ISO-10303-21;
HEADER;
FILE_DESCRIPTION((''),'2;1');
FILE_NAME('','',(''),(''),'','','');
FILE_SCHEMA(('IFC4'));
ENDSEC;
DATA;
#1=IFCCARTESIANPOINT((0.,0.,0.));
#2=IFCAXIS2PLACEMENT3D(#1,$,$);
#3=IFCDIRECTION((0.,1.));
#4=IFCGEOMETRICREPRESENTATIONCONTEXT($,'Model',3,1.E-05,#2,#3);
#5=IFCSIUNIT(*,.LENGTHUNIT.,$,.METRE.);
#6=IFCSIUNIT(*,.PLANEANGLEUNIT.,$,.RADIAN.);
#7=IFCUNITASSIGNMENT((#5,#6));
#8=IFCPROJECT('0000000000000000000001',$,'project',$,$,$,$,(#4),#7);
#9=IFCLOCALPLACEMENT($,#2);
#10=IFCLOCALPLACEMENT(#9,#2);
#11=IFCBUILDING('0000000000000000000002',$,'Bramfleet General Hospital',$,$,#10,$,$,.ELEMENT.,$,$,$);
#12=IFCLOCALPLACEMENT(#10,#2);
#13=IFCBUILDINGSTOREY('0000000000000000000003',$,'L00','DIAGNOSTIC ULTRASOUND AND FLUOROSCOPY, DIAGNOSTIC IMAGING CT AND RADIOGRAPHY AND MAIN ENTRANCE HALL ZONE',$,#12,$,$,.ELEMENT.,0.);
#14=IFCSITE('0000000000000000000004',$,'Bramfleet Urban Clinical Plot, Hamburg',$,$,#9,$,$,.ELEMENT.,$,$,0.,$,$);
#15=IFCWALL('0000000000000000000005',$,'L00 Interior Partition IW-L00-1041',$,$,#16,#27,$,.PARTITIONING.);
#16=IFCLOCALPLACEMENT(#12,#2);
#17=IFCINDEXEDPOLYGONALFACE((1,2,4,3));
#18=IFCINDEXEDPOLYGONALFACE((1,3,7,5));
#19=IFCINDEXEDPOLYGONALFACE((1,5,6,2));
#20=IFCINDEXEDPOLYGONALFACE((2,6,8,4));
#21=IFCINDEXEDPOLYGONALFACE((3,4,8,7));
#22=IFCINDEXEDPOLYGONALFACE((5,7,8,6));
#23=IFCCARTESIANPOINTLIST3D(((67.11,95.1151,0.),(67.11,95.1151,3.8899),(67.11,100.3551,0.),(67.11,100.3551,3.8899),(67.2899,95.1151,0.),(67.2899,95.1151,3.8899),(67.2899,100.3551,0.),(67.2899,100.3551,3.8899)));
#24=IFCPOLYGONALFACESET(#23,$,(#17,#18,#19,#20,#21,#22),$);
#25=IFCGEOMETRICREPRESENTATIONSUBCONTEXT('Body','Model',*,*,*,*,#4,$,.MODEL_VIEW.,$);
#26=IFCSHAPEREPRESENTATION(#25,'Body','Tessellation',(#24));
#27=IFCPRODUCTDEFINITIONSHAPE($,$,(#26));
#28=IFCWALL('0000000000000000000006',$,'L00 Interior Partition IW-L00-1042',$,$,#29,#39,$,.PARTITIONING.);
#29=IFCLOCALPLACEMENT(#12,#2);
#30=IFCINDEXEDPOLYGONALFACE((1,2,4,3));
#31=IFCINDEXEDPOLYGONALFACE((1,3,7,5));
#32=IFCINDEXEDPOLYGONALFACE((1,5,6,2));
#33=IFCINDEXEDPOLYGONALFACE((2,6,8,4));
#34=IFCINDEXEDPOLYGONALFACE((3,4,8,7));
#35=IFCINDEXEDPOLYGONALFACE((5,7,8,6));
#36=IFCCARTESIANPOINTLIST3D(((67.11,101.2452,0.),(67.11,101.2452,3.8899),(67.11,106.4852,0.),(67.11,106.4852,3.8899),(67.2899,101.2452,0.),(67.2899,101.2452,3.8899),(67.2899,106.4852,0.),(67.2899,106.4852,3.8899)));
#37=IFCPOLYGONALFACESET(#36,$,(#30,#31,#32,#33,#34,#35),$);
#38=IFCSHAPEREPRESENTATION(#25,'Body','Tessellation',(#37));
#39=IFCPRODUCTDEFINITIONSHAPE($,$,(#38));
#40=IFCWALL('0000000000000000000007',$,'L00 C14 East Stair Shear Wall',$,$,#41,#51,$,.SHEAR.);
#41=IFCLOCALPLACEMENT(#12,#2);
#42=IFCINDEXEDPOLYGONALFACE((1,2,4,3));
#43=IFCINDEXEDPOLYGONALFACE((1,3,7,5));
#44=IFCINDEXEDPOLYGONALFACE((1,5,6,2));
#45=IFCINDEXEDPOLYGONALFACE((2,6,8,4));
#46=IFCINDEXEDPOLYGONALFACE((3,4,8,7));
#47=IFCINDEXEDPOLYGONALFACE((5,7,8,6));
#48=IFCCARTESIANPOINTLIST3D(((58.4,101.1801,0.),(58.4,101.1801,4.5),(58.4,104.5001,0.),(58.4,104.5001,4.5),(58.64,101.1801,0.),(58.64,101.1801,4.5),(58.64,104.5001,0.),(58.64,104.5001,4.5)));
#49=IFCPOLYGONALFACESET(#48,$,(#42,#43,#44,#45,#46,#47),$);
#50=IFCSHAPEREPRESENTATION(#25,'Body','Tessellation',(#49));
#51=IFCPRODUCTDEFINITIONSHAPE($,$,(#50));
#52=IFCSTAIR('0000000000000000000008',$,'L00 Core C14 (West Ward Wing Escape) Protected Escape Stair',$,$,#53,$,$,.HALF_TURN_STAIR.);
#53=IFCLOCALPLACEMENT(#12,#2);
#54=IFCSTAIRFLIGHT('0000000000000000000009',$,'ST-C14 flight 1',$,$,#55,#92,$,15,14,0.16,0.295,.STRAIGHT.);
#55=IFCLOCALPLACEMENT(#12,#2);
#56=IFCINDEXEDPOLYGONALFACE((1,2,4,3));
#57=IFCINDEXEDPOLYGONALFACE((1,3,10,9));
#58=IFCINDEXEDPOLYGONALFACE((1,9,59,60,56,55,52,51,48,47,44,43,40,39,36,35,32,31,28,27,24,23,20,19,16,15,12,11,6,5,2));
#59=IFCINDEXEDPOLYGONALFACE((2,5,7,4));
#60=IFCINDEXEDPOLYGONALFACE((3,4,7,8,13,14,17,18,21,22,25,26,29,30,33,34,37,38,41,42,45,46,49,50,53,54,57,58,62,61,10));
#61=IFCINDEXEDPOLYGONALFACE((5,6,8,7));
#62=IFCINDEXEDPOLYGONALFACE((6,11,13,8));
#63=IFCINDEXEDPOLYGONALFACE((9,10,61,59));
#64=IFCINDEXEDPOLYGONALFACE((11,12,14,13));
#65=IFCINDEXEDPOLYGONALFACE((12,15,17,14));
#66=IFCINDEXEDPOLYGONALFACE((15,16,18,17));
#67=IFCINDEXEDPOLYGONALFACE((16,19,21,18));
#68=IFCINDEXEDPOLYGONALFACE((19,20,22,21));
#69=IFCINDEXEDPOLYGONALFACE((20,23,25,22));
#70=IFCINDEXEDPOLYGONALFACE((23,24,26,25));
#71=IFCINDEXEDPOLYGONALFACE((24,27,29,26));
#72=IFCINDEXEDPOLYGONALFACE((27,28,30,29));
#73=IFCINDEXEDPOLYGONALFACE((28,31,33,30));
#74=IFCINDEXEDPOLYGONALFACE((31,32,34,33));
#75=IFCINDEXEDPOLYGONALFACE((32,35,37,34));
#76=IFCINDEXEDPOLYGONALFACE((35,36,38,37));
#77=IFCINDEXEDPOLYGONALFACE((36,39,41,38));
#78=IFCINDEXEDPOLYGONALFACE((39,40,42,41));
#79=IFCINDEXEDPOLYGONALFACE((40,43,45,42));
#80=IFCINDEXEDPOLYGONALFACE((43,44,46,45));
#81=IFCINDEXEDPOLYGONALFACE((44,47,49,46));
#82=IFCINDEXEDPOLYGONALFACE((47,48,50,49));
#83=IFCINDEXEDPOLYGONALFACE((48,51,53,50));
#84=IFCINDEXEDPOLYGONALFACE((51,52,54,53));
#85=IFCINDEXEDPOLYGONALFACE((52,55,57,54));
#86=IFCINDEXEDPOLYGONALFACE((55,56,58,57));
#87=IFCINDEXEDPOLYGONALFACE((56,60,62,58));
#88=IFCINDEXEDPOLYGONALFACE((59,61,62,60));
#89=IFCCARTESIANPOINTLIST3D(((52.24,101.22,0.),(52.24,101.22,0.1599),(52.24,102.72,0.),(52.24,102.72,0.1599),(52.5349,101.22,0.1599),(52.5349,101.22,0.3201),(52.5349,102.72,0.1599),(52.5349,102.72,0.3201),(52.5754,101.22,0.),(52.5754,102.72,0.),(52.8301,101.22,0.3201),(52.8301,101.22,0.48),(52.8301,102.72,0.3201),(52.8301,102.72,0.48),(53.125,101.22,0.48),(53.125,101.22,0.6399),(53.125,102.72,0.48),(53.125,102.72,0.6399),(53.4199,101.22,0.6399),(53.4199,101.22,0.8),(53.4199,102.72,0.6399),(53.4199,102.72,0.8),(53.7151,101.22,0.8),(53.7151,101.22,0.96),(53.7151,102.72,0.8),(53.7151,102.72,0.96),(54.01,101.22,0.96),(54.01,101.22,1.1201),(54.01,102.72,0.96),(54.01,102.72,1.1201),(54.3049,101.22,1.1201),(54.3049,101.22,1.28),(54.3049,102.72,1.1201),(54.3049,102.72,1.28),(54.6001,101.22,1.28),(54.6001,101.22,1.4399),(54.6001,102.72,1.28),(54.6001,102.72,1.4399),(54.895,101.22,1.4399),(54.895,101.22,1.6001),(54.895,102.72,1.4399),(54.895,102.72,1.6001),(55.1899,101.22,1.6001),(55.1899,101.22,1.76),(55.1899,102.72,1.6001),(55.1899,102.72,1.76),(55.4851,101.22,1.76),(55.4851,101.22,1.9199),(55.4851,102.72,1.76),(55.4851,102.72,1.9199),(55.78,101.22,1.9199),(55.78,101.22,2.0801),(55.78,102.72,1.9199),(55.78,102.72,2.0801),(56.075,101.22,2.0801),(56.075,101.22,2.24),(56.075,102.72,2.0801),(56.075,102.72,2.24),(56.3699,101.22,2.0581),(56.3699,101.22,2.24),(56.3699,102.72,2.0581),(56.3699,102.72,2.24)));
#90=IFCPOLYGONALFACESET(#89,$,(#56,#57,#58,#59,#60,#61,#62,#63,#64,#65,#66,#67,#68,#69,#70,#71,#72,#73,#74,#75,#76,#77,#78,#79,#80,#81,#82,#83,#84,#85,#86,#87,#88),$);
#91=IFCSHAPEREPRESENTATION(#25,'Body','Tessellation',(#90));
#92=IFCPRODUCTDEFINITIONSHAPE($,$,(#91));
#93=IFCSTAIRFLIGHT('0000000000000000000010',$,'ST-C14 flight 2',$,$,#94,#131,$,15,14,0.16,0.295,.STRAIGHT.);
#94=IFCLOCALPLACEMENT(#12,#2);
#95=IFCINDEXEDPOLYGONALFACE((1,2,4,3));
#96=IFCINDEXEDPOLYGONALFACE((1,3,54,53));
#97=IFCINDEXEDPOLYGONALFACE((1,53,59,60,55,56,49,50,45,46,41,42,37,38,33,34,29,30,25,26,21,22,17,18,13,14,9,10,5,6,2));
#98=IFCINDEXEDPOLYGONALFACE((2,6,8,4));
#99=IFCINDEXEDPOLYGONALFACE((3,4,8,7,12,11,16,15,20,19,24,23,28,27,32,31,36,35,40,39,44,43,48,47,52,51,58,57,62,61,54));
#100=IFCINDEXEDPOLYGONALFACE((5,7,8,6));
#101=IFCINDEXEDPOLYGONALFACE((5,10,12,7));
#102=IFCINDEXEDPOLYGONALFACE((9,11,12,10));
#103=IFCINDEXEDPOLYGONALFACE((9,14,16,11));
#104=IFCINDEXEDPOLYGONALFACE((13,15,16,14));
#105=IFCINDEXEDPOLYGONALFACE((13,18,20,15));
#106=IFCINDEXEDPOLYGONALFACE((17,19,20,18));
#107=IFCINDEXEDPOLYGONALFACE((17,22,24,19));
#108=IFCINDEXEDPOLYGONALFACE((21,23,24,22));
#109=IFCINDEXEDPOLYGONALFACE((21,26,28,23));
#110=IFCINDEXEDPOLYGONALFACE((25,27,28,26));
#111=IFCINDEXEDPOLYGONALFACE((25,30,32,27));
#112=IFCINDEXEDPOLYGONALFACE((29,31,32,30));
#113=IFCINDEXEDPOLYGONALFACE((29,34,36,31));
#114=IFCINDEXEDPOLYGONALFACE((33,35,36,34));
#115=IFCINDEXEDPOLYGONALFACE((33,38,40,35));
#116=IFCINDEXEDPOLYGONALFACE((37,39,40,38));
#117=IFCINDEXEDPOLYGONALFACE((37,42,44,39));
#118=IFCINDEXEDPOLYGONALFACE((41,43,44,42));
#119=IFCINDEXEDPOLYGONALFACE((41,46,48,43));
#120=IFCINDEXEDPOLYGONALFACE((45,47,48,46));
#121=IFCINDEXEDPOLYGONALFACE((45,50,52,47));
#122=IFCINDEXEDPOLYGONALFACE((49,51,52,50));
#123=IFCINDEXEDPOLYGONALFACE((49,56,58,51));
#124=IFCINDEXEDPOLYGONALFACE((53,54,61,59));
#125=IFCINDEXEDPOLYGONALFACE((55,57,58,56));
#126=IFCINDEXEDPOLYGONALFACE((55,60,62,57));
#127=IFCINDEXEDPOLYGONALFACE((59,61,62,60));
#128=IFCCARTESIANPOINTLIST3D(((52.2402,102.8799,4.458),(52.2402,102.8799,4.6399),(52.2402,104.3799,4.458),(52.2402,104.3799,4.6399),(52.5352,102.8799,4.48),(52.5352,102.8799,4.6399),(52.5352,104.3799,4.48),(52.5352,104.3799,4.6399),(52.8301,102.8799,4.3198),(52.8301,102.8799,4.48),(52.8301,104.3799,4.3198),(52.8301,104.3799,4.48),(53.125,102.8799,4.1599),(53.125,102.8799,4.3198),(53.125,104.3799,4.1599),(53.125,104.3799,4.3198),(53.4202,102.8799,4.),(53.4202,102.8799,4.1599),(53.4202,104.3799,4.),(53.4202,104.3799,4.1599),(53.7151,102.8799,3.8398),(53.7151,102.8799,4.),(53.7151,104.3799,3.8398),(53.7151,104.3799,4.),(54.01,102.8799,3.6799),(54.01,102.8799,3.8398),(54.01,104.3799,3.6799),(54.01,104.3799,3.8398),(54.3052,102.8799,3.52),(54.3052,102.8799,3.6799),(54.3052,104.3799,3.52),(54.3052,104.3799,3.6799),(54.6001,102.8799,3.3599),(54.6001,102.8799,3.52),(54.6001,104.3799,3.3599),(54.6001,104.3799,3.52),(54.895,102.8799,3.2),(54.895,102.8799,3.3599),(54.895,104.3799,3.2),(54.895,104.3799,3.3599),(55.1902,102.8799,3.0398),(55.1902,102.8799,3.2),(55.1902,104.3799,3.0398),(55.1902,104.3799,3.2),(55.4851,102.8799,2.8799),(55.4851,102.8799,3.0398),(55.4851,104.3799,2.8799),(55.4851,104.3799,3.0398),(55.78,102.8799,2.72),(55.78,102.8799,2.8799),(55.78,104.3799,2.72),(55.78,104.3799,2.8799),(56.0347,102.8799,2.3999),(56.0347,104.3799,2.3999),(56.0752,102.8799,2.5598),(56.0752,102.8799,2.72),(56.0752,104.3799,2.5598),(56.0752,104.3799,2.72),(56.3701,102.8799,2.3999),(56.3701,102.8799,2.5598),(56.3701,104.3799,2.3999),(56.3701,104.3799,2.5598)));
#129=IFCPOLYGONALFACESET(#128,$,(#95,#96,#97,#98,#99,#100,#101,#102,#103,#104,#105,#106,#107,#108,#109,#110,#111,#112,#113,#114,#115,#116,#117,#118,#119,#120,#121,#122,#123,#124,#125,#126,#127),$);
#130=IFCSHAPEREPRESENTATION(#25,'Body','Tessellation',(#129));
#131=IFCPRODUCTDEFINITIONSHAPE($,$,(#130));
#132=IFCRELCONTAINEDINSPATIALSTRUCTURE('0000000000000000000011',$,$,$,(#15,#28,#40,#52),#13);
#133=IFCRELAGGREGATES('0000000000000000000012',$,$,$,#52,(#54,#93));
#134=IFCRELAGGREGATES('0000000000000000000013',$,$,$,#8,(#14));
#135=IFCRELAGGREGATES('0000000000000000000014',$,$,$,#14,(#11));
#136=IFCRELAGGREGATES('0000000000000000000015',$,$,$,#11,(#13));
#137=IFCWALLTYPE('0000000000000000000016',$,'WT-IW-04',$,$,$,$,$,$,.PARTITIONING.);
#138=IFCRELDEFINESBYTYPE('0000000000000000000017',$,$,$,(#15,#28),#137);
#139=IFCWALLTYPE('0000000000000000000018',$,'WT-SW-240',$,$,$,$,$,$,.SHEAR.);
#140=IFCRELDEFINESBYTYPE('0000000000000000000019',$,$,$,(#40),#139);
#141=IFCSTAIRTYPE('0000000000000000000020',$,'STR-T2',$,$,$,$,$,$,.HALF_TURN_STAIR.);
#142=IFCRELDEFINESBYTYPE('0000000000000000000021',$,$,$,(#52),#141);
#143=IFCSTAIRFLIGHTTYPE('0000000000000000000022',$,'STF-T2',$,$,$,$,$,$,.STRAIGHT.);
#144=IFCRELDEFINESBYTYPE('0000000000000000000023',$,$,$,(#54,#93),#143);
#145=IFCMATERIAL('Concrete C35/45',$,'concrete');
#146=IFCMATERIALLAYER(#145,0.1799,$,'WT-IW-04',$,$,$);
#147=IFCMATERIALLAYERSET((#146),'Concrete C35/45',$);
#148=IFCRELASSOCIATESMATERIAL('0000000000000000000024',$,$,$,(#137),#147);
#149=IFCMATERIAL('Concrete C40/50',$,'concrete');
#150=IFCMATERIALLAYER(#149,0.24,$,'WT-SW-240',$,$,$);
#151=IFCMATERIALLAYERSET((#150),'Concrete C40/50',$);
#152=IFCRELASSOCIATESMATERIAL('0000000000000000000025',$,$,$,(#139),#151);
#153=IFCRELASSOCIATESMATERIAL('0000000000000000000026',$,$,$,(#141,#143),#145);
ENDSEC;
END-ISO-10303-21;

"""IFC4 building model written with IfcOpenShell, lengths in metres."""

from ifc_helpers import new_model, si_unit, direction, frame, frame_2d, origin, place, context, subcontext, project, spatial, polyline, rectangle, outline, extrude, material, layer, layer_set, type_object, element, aggregate, save


model = new_model("IFC4")

# Units and contexts
model_context = context("Model", 3, precision=1e-05, world=origin(), true_north=direction((0.0, 1.0)))
body_context = subcontext(model_context, "Body", "Model", "MODEL_VIEW")
ifc_project = project(units=[si_unit("LENGTHUNIT", "METRE"), si_unit("PLANEANGLEUNIT", "RADIAN")], contexts=[model_context])

# Site, building, storey
site_placement = place(None, origin())
site = spatial("IfcSite", under=ifc_project, at=site_placement, Name="Bramfleet Urban Clinical Plot, Hamburg", CompositionType="ELEMENT", RefElevation=0.0)
building_placement = place(site_placement, origin())
building = spatial("IfcBuilding", under=site, at=building_placement, Name="Bramfleet General Hospital", CompositionType="ELEMENT")
storey_placement = place(building_placement, origin())
storey = spatial("IfcBuildingStorey", under=building, at=storey_placement, Name="L00", Description="DIAGNOSTIC ULTRASOUND AND FLUOROSCOPY, DIAGNOSTIC IMAGING CT AND RADIOGRAPHY AND MAIN ENTRANCE HALL ZONE", CompositionType="ELEMENT", Elevation=0.0)

# Shared definitions
ifc_material_1 = material(Name="Concrete C40/50", Category="concrete")

# Shared definitions
ifc_material_2 = material(Name="Concrete C35/45", Category="concrete")

# Shared definitions
ifc_layer_1 = layer(ifc_material_2, 0.1799, Name="WT-IW-04")
ifc_layer_set_1 = layer_set([ifc_layer_1], Name="Concrete C35/45")
wall_type_1 = type_object("IfcWallType", Name="WT-IW-04", PredefinedType="PARTITIONING", material=ifc_layer_set_1)

# Walls
for number, where, z_axis, x_axis, name in (
    (1, (67.2, 95.115, 0.0), (0.0, 0.0, 1.0), (0.0, 1.0, 0.0), "L00 Interior Partition IW-L00-1041"),
    (2, (67.2, 101.2451, 0.0), (0.0, 0.0, 1.0), (0.0, 1.0, 0.0), "L00 Interior Partition IW-L00-1042"),
):
    element("IfcWall", number, at=place(storey_placement, frame(where, z_axis=z_axis, x_axis=x_axis)), inside=storey, type_object=wall_type_1, Name=name, PredefinedType="PARTITIONING", context=body_context, shape_type="SweptSolid", body=[
        extrude(rectangle(XDim=5.24, YDim=0.1799, at=frame_2d((2.6201, 0.0))), origin(), (0.0, 0.0, 1.0), 3.8899),
    ])
ifc_layer_2 = layer(ifc_material_1, 0.24, Name="WT-SW-240")
ifc_layer_set_2 = layer_set([ifc_layer_2], Name="Concrete C40/50")
wall_type_2 = type_object("IfcWallType", Name="WT-SW-240", PredefinedType="SHEAR", material=ifc_layer_set_2)
wall_1_placement = place(storey_placement, frame((58.52, 101.1799, 0.0), z_axis=(0.0, 0.0, 1.0), x_axis=(0.0, 1.0, 0.0)))
element("IfcWall", 3, at=wall_1_placement, inside=storey, type_object=wall_type_2, Name="L00 C14 East Stair Shear Wall", PredefinedType="SHEAR", context=body_context, shape_type="SweptSolid", body=[
    extrude(rectangle(XDim=3.3201, YDim=0.24, at=frame_2d((1.6602, 0.0))), origin(), (0.0, 0.0, 1.0), 4.5),
])

# Stair, stair flights
stair_type = type_object("IfcStairType", Name="STR-T2", PredefinedType="HALF_TURN_STAIR", material=ifc_material_2)
stair_placement = place(storey_placement, origin())
stair = element("IfcStair", 4, at=stair_placement, inside=storey, type_object=stair_type, Name="L00 Core C14 (West Ward Wing Escape) Protected Escape Stair", PredefinedType="HALF_TURN_STAIR")
stair_flight_type = type_object("IfcStairFlightType", Name="STF-T2", PredefinedType="STRAIGHT", material=ifc_material_2)
stair_flight_1_placement = place(storey_placement, frame((52.24, 101.97, 0.0), z_axis=(0.0, 0.0, 1.0), x_axis=(1.0, 0.0, 0.0)))
stair_flight_1 = element("IfcStairFlight", 5, at=stair_flight_1_placement, type_object=stair_flight_type, Name="ST-C14 flight 1", NumberOfRisers=15, NumberOfTreads=14, PredefinedType="STRAIGHT", RiserHeight=0.16, TreadLength=0.295, context=body_context, shape_type="SweptSolid", body=[
    extrude(outline(polyline([(0.0, 0.0), (0.0, 0.1599), (0.2949, 0.1599), (0.2949, 0.3201), (0.5901, 0.3201), (0.5901, 0.48), (0.885, 0.48), (0.885, 0.6399), (1.1799, 0.6399), (1.1799, 0.8), (1.4751, 0.8), (1.4751, 0.96), (1.77, 0.96), (1.77, 1.1201), (2.0649, 1.1201), (2.0649, 1.28), (2.3601, 1.28), (2.3601, 1.4399), (2.655, 1.4399), (2.655, 1.6001), (2.95, 1.6001), (2.95, 1.76), (3.2451, 1.76), (3.2451, 1.9199), (3.54, 1.9199), (3.54, 2.0801), (3.835, 2.0801), (3.835, 2.24), (4.1299, 2.24), (4.1299, 2.3999), (4.1299, 2.0581), (0.3354, 0.0), (0.0, 0.0)])), frame((0.0, 0.75, 0.0), z_axis=(0.0, -1.0, 0.0), x_axis=(1.0, 0.0, 0.0)), (0.0, 0.0, 1.0), 1.5),
])
stair_flight_2_placement = place(storey_placement, frame((56.3701, 103.6299, 2.3999), z_axis=(0.0, 0.0, 1.0), x_axis=(-1.0, 0.0, 0.0)))
stair_flight_2 = element("IfcStairFlight", 6, at=stair_flight_2_placement, type_object=stair_flight_type, Name="ST-C14 flight 2", NumberOfRisers=15, NumberOfTreads=14, PredefinedType="STRAIGHT", RiserHeight=0.16, TreadLength=0.295, context=body_context, shape_type="SweptSolid", body=[
    extrude(outline(polyline([(0.0, 0.0), (0.0, 0.1599), (0.2949, 0.1599), (0.2949, 0.3201), (0.5901, 0.3201), (0.5901, 0.48), (0.885, 0.48), (0.885, 0.6399), (1.1799, 0.6399), (1.1799, 0.8), (1.4751, 0.8), (1.4751, 0.96), (1.77, 0.96), (1.77, 1.1201), (2.0649, 1.1201), (2.0649, 1.28), (2.3601, 1.28), (2.3601, 1.4399), (2.655, 1.4399), (2.655, 1.6001), (2.95, 1.6001), (2.95, 1.76), (3.2451, 1.76), (3.2451, 1.9199), (3.54, 1.9199), (3.54, 2.0801), (3.835, 2.0801), (3.835, 2.24), (4.1299, 2.24), (4.1299, 2.3999), (4.1299, 2.0581), (0.3354, 0.0), (0.0, 0.0)])), frame((0.0, 0.75, 0.0), z_axis=(0.0, -1.0, 0.0), x_axis=(1.0, 0.0, 0.0)), (0.0, 0.0, 1.0), 1.5),
])
aggregate(stair, [stair_flight_1, stair_flight_2])

save(model, "model.ifc")
